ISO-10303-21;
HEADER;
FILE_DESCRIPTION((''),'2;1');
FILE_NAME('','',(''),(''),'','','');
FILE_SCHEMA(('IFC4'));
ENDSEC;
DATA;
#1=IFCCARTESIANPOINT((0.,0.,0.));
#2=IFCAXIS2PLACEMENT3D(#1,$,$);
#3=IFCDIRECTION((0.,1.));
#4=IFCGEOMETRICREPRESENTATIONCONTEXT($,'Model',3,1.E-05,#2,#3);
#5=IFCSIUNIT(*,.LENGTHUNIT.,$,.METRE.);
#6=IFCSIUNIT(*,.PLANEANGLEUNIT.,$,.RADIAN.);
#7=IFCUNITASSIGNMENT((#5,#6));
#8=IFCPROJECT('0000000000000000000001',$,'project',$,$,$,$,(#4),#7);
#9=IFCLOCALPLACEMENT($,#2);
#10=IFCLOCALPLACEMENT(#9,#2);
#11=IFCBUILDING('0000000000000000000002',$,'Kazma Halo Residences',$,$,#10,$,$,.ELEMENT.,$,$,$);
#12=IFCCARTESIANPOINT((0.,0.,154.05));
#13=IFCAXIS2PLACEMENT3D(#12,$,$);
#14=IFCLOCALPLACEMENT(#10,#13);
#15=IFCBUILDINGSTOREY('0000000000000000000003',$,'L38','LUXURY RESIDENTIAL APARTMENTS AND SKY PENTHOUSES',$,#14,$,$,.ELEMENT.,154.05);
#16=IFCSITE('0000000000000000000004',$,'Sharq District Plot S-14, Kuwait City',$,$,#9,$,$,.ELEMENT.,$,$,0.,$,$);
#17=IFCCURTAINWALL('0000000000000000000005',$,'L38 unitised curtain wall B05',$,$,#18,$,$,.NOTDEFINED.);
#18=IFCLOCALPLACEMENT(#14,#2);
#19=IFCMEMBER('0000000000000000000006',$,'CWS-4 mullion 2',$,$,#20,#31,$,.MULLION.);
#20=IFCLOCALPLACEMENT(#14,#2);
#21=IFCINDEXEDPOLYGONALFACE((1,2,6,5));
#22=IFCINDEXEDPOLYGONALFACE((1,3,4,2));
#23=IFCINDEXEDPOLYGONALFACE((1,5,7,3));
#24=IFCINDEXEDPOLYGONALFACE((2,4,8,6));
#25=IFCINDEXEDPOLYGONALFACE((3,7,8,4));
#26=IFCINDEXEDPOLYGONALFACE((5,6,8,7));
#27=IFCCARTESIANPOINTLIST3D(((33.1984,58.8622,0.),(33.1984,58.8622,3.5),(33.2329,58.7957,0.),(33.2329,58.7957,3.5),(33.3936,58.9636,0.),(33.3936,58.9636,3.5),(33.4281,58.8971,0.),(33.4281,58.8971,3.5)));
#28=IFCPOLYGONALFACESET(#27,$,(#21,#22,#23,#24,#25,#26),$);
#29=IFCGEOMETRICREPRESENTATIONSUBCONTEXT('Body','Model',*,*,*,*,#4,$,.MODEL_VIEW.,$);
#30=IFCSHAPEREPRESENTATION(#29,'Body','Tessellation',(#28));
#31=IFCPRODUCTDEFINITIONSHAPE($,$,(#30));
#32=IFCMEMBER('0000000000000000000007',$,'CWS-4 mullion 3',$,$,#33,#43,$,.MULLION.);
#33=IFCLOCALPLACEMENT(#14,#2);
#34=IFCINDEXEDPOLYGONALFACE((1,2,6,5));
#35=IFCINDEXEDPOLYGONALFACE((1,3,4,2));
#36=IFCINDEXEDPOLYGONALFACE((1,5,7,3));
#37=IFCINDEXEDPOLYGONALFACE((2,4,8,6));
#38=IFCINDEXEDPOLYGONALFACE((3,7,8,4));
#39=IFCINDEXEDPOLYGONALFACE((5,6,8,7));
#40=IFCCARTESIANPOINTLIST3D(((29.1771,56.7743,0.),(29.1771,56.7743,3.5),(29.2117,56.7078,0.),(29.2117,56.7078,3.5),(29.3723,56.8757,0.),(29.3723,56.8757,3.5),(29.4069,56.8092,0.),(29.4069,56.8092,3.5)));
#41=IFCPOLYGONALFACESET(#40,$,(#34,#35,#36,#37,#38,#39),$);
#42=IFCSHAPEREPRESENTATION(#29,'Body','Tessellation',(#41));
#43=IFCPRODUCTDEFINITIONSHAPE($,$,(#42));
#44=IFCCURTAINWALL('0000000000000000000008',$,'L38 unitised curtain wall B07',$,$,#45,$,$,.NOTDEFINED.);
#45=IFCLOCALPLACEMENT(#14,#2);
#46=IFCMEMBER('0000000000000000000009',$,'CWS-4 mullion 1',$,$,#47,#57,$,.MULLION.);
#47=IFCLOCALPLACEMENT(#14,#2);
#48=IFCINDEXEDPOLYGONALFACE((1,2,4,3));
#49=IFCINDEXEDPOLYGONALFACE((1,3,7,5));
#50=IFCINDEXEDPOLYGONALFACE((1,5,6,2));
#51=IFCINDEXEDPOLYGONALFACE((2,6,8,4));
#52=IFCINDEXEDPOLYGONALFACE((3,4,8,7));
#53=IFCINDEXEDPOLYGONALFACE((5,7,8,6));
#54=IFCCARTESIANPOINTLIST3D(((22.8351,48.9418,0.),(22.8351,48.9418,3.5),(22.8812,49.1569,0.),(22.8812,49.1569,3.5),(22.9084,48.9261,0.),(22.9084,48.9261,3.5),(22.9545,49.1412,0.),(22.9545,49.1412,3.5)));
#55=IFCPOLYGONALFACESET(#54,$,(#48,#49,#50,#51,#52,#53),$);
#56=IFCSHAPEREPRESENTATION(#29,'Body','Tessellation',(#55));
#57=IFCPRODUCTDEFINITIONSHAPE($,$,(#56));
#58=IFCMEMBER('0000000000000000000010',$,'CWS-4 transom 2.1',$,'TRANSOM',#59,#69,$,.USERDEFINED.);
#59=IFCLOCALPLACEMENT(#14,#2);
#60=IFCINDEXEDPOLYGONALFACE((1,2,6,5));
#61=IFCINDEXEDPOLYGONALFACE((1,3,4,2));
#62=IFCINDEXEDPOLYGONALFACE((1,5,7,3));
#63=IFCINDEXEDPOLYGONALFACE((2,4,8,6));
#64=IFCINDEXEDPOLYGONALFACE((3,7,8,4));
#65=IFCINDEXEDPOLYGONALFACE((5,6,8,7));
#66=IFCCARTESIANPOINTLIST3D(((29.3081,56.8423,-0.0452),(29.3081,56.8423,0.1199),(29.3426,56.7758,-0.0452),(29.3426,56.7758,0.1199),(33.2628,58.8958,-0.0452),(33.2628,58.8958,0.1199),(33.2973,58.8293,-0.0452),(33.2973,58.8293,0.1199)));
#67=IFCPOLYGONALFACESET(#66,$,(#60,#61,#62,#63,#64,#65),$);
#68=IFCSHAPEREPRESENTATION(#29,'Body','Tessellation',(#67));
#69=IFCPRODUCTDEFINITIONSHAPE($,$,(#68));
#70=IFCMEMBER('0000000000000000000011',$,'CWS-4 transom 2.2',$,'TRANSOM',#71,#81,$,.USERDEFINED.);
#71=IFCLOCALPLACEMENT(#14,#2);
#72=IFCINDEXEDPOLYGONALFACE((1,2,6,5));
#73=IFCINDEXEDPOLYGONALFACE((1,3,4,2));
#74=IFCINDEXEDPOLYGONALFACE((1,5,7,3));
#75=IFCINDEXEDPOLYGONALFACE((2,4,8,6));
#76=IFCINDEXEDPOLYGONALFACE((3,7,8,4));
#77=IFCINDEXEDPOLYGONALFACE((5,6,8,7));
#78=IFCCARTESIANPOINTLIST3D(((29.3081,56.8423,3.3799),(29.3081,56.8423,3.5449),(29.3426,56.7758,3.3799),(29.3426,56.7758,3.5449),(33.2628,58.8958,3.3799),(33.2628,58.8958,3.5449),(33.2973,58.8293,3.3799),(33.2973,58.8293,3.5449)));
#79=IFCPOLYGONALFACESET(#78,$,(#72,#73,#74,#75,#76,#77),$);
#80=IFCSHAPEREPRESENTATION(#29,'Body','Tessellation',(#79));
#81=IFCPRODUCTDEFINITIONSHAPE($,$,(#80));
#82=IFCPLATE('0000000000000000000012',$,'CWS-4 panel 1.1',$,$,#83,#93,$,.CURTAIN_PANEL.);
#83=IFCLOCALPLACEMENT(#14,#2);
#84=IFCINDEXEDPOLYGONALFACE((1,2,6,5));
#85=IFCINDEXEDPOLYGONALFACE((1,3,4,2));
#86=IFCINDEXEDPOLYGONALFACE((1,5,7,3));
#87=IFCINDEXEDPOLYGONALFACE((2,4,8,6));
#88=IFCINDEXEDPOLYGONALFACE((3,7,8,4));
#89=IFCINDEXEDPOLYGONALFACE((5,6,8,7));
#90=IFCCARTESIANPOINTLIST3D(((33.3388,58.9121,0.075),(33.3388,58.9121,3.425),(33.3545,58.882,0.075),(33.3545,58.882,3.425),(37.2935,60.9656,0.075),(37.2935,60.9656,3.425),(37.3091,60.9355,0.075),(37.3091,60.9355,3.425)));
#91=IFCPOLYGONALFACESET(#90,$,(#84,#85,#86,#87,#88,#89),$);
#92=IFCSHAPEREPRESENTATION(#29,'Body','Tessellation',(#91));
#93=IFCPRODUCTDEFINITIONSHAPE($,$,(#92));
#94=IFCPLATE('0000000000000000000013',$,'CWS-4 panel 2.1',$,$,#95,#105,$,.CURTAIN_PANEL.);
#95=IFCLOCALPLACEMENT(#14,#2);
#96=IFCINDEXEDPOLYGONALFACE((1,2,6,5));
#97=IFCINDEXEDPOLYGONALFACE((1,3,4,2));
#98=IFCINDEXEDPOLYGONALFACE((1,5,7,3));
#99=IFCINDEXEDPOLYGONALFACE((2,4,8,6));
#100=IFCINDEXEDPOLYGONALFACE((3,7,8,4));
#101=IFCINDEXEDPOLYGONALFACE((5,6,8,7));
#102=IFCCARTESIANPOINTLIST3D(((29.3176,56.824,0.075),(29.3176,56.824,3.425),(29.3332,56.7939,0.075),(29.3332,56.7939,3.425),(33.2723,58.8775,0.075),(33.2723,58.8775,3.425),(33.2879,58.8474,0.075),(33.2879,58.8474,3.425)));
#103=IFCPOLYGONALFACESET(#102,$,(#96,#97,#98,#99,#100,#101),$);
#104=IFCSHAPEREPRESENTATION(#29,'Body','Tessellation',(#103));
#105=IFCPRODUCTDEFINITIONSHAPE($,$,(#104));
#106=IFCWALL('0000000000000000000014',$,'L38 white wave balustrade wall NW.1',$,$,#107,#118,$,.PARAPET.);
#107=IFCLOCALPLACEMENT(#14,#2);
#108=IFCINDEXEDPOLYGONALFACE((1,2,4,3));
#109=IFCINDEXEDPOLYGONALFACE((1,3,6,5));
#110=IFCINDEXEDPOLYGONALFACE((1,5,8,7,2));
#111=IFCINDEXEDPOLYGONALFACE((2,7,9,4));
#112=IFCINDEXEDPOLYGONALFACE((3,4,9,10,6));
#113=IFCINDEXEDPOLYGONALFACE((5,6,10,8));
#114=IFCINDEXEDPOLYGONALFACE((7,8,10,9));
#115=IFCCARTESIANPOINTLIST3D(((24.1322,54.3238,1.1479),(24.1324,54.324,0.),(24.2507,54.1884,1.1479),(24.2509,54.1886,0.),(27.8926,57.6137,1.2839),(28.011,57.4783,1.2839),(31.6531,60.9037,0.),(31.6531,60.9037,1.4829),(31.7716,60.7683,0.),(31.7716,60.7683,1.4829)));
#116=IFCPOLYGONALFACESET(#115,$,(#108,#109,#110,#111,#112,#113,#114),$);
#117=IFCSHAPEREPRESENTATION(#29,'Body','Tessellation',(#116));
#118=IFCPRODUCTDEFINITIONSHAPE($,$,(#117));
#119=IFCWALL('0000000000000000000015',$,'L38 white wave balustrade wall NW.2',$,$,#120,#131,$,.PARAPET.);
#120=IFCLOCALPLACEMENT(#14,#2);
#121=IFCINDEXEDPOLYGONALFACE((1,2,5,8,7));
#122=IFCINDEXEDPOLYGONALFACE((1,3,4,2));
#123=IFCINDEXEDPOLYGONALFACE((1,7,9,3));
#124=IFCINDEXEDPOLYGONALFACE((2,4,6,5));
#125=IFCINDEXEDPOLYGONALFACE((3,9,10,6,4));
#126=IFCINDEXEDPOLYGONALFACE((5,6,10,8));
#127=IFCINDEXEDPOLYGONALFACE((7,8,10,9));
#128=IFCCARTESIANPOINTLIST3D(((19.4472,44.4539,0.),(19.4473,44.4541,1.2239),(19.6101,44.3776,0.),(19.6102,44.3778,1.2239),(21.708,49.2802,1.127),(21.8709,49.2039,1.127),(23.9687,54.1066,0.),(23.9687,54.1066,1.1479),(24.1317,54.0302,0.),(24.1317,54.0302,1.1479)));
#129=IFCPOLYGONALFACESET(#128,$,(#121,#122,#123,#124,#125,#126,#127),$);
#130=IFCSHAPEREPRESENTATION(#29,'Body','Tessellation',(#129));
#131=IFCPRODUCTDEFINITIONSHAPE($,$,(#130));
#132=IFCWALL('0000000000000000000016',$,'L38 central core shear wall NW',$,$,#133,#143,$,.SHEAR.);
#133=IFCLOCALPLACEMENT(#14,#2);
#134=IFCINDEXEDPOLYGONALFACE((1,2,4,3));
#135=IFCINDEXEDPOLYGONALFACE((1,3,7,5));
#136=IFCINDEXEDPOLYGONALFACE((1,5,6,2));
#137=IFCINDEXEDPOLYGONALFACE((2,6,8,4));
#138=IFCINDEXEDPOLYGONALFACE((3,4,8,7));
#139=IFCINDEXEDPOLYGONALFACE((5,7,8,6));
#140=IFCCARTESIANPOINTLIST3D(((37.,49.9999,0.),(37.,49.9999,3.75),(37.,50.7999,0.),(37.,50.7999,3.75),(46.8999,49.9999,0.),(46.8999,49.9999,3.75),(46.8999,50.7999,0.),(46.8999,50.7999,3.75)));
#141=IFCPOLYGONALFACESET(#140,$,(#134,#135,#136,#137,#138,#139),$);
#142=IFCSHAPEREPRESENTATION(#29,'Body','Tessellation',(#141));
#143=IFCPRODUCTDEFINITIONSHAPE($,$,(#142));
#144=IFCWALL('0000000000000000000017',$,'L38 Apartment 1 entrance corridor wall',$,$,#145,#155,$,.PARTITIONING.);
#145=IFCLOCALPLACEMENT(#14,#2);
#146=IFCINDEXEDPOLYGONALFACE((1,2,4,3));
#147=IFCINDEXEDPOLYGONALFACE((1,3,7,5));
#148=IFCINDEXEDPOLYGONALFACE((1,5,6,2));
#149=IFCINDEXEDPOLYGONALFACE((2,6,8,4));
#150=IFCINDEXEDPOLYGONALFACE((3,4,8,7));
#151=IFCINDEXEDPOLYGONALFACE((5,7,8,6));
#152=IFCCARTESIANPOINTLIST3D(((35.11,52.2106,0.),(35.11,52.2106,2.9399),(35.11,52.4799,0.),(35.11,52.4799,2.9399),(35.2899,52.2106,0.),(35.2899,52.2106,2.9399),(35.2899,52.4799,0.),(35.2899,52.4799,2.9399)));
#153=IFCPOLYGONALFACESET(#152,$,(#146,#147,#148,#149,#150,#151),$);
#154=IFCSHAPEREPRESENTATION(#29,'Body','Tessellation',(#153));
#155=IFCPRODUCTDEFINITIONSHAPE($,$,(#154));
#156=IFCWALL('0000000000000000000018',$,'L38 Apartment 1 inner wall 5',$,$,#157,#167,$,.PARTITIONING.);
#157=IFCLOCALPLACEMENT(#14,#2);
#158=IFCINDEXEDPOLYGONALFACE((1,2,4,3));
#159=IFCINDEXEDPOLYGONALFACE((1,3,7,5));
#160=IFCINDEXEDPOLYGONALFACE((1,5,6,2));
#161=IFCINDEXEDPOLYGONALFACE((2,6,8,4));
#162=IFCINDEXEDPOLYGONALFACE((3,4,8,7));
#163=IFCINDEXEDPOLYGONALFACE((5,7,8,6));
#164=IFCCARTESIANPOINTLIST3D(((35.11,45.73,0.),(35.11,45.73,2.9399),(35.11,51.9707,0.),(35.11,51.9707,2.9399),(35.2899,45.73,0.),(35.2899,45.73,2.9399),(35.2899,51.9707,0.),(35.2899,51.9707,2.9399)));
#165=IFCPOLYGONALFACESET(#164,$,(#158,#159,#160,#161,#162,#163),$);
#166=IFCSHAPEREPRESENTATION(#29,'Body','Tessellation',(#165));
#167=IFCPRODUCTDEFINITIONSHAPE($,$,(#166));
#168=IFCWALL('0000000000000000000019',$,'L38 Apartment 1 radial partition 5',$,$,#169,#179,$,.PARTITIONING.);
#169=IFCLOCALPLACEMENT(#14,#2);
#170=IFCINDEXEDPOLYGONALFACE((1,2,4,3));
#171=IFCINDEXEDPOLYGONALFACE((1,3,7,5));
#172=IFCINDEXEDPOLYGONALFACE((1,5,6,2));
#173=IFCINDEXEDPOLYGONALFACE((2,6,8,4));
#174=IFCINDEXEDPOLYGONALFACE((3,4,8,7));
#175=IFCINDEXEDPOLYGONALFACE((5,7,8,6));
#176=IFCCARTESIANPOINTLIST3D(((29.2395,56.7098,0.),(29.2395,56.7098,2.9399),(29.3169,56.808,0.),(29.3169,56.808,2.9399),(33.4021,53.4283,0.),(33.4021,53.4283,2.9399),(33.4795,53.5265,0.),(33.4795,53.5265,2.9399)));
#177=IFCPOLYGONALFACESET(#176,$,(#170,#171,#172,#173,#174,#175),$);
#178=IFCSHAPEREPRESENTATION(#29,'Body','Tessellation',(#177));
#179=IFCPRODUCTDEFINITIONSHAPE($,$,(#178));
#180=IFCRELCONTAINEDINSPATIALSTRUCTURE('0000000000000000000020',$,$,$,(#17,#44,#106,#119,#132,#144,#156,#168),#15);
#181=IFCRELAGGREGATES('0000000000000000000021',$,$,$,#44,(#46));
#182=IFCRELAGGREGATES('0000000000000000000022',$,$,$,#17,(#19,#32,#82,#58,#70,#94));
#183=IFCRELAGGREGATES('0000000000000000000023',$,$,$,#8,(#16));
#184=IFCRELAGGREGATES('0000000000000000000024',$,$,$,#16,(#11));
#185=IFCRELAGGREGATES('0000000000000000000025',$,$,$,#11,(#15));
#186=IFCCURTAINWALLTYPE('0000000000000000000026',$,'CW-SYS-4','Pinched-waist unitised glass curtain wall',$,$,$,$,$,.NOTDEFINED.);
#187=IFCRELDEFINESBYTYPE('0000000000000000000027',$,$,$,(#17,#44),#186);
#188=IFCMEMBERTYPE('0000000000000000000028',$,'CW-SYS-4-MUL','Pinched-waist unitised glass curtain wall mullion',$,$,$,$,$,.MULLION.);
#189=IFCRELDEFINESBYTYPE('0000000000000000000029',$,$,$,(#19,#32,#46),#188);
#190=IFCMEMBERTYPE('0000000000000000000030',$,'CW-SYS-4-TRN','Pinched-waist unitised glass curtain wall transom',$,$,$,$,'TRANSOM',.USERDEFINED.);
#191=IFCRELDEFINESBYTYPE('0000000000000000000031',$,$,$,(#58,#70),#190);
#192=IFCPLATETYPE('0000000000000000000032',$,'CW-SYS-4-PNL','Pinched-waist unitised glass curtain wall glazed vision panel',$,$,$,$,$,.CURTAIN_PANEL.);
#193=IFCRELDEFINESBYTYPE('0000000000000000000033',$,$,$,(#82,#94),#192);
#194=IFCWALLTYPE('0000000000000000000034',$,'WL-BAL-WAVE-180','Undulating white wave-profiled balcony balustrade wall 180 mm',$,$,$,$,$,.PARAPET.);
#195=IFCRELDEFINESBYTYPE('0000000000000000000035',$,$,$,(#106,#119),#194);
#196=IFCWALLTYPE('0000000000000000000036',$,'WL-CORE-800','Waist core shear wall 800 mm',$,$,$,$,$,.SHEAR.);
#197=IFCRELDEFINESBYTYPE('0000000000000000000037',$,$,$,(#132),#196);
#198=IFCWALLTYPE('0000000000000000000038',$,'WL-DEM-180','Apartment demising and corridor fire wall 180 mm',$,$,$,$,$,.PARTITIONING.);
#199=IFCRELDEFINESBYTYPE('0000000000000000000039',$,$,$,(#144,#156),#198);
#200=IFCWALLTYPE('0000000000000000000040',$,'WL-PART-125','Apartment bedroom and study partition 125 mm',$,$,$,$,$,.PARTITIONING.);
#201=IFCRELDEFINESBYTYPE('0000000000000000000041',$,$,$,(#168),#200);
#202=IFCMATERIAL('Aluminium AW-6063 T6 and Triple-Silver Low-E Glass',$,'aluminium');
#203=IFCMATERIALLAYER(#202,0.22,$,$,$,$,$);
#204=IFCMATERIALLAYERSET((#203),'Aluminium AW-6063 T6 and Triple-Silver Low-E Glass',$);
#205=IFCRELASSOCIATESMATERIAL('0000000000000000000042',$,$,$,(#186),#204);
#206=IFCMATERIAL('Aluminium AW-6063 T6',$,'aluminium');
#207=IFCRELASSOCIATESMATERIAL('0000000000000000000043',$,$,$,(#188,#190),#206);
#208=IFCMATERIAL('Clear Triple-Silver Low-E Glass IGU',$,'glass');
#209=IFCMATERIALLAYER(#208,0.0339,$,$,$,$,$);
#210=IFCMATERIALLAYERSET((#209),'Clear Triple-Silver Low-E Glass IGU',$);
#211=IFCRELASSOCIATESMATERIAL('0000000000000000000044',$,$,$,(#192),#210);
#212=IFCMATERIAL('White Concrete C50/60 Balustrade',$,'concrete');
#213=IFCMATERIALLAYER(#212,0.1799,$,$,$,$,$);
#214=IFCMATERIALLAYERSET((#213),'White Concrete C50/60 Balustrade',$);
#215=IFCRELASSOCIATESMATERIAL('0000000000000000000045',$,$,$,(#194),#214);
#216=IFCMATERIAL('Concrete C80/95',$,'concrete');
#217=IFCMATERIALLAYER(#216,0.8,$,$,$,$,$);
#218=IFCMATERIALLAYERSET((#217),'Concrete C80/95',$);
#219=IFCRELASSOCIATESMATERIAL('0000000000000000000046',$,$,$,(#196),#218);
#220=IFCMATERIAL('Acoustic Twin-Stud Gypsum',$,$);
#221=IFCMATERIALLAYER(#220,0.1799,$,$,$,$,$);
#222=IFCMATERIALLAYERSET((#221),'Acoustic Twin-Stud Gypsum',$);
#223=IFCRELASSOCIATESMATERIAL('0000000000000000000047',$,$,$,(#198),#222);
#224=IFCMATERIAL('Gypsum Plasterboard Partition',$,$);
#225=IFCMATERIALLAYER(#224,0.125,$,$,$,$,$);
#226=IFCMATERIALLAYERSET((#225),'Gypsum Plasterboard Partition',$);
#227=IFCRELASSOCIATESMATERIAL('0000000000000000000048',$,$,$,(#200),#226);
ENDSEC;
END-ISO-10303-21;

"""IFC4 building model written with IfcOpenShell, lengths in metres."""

from ifc_helpers import new_model, si_unit, direction, frame, frame_2d, origin, origin_2d, place, context, subcontext, project, spatial, polyline, rectangle, outline, extrude, material, layer, layer_set, material_profile, profile_set, type_object, element, aggregate, save


model = new_model("IFC4")

# Units and contexts
model_context = context("Model", 3, precision=1e-05, world=origin(), true_north=direction((0.0, 1.0)))
body_context = subcontext(model_context, "Body", "Model", "MODEL_VIEW")
ifc_project = project(units=[si_unit("LENGTHUNIT", "METRE"), si_unit("PLANEANGLEUNIT", "RADIAN")], contexts=[model_context])

# Site, building, storey
site_placement = place(None, origin())
site = spatial("IfcSite", under=ifc_project, at=site_placement, Name="Sharq District Plot S-14, Kuwait City", CompositionType="ELEMENT", RefElevation=0.0)
building_placement = place(site_placement, origin())
building = spatial("IfcBuilding", under=site, at=building_placement, Name="Kazma Halo Residences", CompositionType="ELEMENT")
storey_placement = place(building_placement, frame((0.0, 0.0, 154.05)))
storey = spatial("IfcBuildingStorey", under=building, at=storey_placement, Name="L38", Description="LUXURY RESIDENTIAL APARTMENTS AND SKY PENTHOUSES", CompositionType="ELEMENT", Elevation=154.05)

# Shared definitions
ifc_material_1 = material(Name="Concrete C80/95", Category="concrete")

# Curtain wall, members
ifc_material_2 = material(Name="Aluminium AW-6063 T6 and Triple-Silver Low-E Glass", Category="aluminium")
ifc_layer_1 = layer(ifc_material_2, 0.22)
ifc_layer_set_1 = layer_set([ifc_layer_1], Name="Aluminium AW-6063 T6 and Triple-Silver Low-E Glass")
curtain_wall_type = type_object("IfcCurtainWallType", Name="CW-SYS-4", Description="Pinched-waist unitised glass curtain wall", PredefinedType="NOTDEFINED", material=ifc_layer_set_1)
curtain_wall_1_placement = place(storey_placement, origin())
curtain_wall_1 = element("IfcCurtainWall", 1, at=curtain_wall_1_placement, inside=storey, type_object=curtain_wall_type, Name="L38 unitised curtain wall B05", PredefinedType="NOTDEFINED")
ifc_material_3 = material(Name="Aluminium AW-6063 T6", Category="aluminium")
ifc_material_profile_1 = material_profile(ifc_material_3, rectangle(XDim=0.075, YDim=0.22, at=origin_2d()), Name="CWM-75x220")
ifc_profile_set_1 = profile_set([ifc_material_profile_1], Name="Aluminium AW-6063 T6")
member_type_1 = type_object("IfcMemberType", Name="CW-SYS-4-MUL", Description="Pinched-waist unitised glass curtain wall mullion", PredefinedType="MULLION", material=ifc_profile_set_1)
member_1_placement = place(storey_placement, frame((33.3132, 58.8796, 0.0), z_axis=(0.0, 0.0, 1.0), x_axis=(0.460837, -0.887485, 0.0)))
member_1 = element("IfcMember", 2, at=member_1_placement, type_object=member_type_1, Name="CWS-4 mullion 2", PredefinedType="MULLION", context=body_context, shape_type="SweptSolid", body=[
    extrude(rectangle(XDim=0.075, YDim=0.22, at=origin_2d()), origin(), (0.0, 0.0, 1.0), 3.5),
])
member_2_placement = place(storey_placement, frame((29.292, 56.7917, 0.0), z_axis=(0.0, 0.0, 1.0), x_axis=(0.460837, -0.887485, 0.0)))
member_2 = element("IfcMember", 3, at=member_2_placement, type_object=member_type_1, Name="CWS-4 mullion 3", PredefinedType="MULLION", context=body_context, shape_type="SweptSolid", body=[
    extrude(rectangle(XDim=0.075, YDim=0.22, at=origin_2d()), origin(), (0.0, 0.0, 1.0), 3.5),
])

# Curtain wall, member
curtain_wall_2_placement = place(storey_placement, origin())
curtain_wall_2 = element("IfcCurtainWall", 4, at=curtain_wall_2_placement, inside=storey, type_object=curtain_wall_type, Name="L38 unitised curtain wall B07", PredefinedType="NOTDEFINED")
member_3_placement = place(storey_placement, frame((22.8948, 49.0415, 0.0), z_axis=(0.0, 0.0, 1.0), x_axis=(0.977765, -0.209704, 0.0)))
member_3 = element("IfcMember", 5, at=member_3_placement, type_object=member_type_1, Name="CWS-4 mullion 1", PredefinedType="MULLION", context=body_context, shape_type="SweptSolid", body=[
    extrude(rectangle(XDim=0.075, YDim=0.22, at=origin_2d()), origin(), (0.0, 0.0, 1.0), 3.5),
])
aggregate(curtain_wall_2, [member_3])

# Members
ifc_material_profile_2 = material_profile(ifc_material_3, rectangle(XDim=0.075, YDim=0.165, at=origin_2d()), Name="CWT-75x165")
ifc_profile_set_2 = profile_set([ifc_material_profile_2], Name="Aluminium AW-6063 T6")
member_type_2 = type_object("IfcMemberType", Name="CW-SYS-4-TRN", Description="Pinched-waist unitised glass curtain wall transom", ElementType="TRANSOM", PredefinedType="USERDEFINED", material=ifc_profile_set_2)
member_4_placement = place(storey_placement, frame((33.28, 58.8625, 0.0374), z_axis=(-0.887485, -0.460837, 0.0), x_axis=(0.460837, -0.887485, 0.0)))
member_4 = element("IfcMember", 6, at=member_4_placement, type_object=member_type_2, Name="CWS-4 transom 2.1", ObjectType="TRANSOM", PredefinedType="USERDEFINED", context=body_context, shape_type="SweptSolid", body=[
    extrude(rectangle(XDim=0.075, YDim=0.165, at=origin_2d()), origin(), (0.0, 0.0, 1.0), 4.4561),
])
member_5_placement = place(storey_placement, frame((33.28, 58.8625, 3.4624), z_axis=(-0.887485, -0.460837, 0.0), x_axis=(0.460837, -0.887485, 0.0)))
member_5 = element("IfcMember", 7, at=member_5_placement, type_object=member_type_2, Name="CWS-4 transom 2.2", ObjectType="TRANSOM", PredefinedType="USERDEFINED", context=body_context, shape_type="SweptSolid", body=[
    extrude(rectangle(XDim=0.075, YDim=0.165, at=origin_2d()), origin(), (0.0, 0.0, 1.0), 4.4561),
])

# Plates
ifc_material_4 = material(Name="Clear Triple-Silver Low-E Glass IGU", Category="glass")
ifc_layer_2 = layer(ifc_material_4, 0.0339)
ifc_layer_set_2 = layer_set([ifc_layer_2], Name="Clear Triple-Silver Low-E Glass IGU")
plate_type = type_object("IfcPlateType", Name="CW-SYS-4-PNL", Description="Pinched-waist unitised glass curtain wall glazed vision panel", PredefinedType="CURTAIN_PANEL", material=ifc_layer_set_2)
plate_1_placement = place(storey_placement, frame((35.324, 59.9238, 0.075), z_axis=(0.0, 0.0, 1.0), x_axis=(-0.887485, -0.460837, 0.0)))
plate_1 = element("IfcPlate", 8, at=plate_1_placement, type_object=plate_type, Name="CWS-4 panel 1.1", PredefinedType="CURTAIN_PANEL", context=body_context, shape_type="SweptSolid", body=[
    extrude(rectangle(XDim=4.4561, YDim=0.0339, at=origin_2d()), origin(), (0.0, 0.0, 1.0), 3.3501),
])
plate_2_placement = place(storey_placement, frame((31.3027, 57.8357, 0.075), z_axis=(0.0, 0.0, 1.0), x_axis=(-0.887485, -0.460837, 0.0)))
plate_2 = element("IfcPlate", 9, at=plate_2_placement, type_object=plate_type, Name="CWS-4 panel 2.1", PredefinedType="CURTAIN_PANEL", context=body_context, shape_type="SweptSolid", body=[
    extrude(rectangle(XDim=4.4561, YDim=0.0339, at=origin_2d()), origin(), (0.0, 0.0, 1.0), 3.3501),
])
aggregate(curtain_wall_1, [member_1, member_2, plate_1, member_4, member_5, plate_2])

# Walls
ifc_material_5 = material(Name="White Concrete C50/60 Balustrade", Category="concrete")
ifc_layer_3 = layer(ifc_material_5, 0.1799)
ifc_layer_set_3 = layer_set([ifc_layer_3], Name="White Concrete C50/60 Balustrade")
wall_type_1 = type_object("IfcWallType", Name="WL-BAL-WAVE-180", Description="Undulating white wave-profiled balcony balustrade wall 180 mm", PredefinedType="PARAPET", material=ifc_layer_set_3)
wall_1_placement = place(storey_placement, frame((31.7124, 60.8359, 0.0), z_axis=(0.0, 0.0, 1.0), x_axis=(-0.752618, -0.658458, 0.0)))
element("IfcWall", 10, at=wall_1_placement, inside=storey, type_object=wall_type_1, Name="L38 white wave balustrade wall NW.1", PredefinedType="PARAPET", context=body_context, shape_type="SweptSolid", body=[
    extrude(outline(polyline([(0.0, 0.0), (9.9927, 0.0), (9.9929, 1.1479), (4.9966, 1.2839), (0.0, 1.4829), (0.0, 0.0)])), frame((0.0, 0.0898, 0.0), z_axis=(0.0, -1.0, 0.0), x_axis=(1.0, 0.0, 0.0)), (0.0, 0.0, 1.0), 0.1799),
])
wall_2_placement = place(storey_placement, frame((24.0503, 54.0684, 0.0), z_axis=(0.0, 0.0, 1.0), x_axis=(-0.42419, -0.905573, 0.0)))
element("IfcWall", 11, at=wall_2_placement, inside=storey, type_object=wall_type_1, Name="L38 white wave balustrade wall NW.2", PredefinedType="PARAPET", context=body_context, shape_type="SweptSolid", body=[
    extrude(outline(polyline([(0.0, 0.0), (10.6592, 0.0), (10.6589, 1.2239), (5.3296, 1.127), (0.0, 1.1479), (0.0, 0.0)])), frame((0.0, 0.0898, 0.0), z_axis=(0.0, -1.0, 0.0), x_axis=(1.0, 0.0, 0.0)), (0.0, 0.0, 1.0), 0.1799),
])
ifc_layer_4 = layer(ifc_material_1, 0.8)
ifc_layer_set_4 = layer_set([ifc_layer_4], Name="Concrete C80/95")
wall_type_2 = type_object("IfcWallType", Name="WL-CORE-800", Description="Waist core shear wall 800 mm", PredefinedType="SHEAR", material=ifc_layer_set_4)
wall_3_placement = place(storey_placement, frame((37.0, 50.3999, 0.0), z_axis=(0.0, 0.0, 1.0), x_axis=(1.0, 0.0, 0.0)))
element("IfcWall", 12, at=wall_3_placement, inside=storey, type_object=wall_type_2, Name="L38 central core shear wall NW", PredefinedType="SHEAR", context=body_context, shape_type="SweptSolid", body=[
    extrude(rectangle(XDim=9.8999, YDim=0.8, at=frame_2d((4.95, 0.0))), origin(), (0.0, 0.0, 1.0), 3.75),
])
ifc_material_6 = material(Name="Acoustic Twin-Stud Gypsum")
ifc_layer_5 = layer(ifc_material_6, 0.1799)
ifc_layer_set_5 = layer_set([ifc_layer_5], Name="Acoustic Twin-Stud Gypsum")
wall_type_3 = type_object("IfcWallType", Name="WL-DEM-180", Description="Apartment demising and corridor fire wall 180 mm", PredefinedType="PARTITIONING", material=ifc_layer_set_5)
wall_4_placement = place(storey_placement, frame((35.2, 52.48, 0.0), z_axis=(0.0, 0.0, 1.0), x_axis=(0.0, -1.0, 0.0)))
element("IfcWall", 13, at=wall_4_placement, inside=storey, type_object=wall_type_3, Name="L38 Apartment 1 entrance corridor wall", PredefinedType="PARTITIONING", context=body_context, shape_type="SweptSolid", body=[
    extrude(rectangle(XDim=0.2693, YDim=0.1799, at=frame_2d((0.1348, 0.0))), origin(), (0.0, 0.0, 1.0), 2.9399),
])
wall_5_placement = place(storey_placement, frame((35.2, 51.9707, 0.0), z_axis=(0.0, 0.0, 1.0), x_axis=(0.0, -1.0, 0.0)))
element("IfcWall", 14, at=wall_5_placement, inside=storey, type_object=wall_type_3, Name="L38 Apartment 1 inner wall 5", PredefinedType="PARTITIONING", context=body_context, shape_type="SweptSolid", body=[
    extrude(rectangle(XDim=6.2407, YDim=0.1799, at=frame_2d((3.1204, 0.0))), origin(), (0.0, 0.0, 1.0), 2.9399),
])

# Wall
ifc_material_7 = material(Name="Gypsum Plasterboard Partition")
ifc_layer_6 = layer(ifc_material_7, 0.125)
ifc_layer_set_6 = layer_set([ifc_layer_6], Name="Gypsum Plasterboard Partition")
wall_type_4 = type_object("IfcWallType", Name="WL-PART-125", Description="Apartment bedroom and study partition 125 mm", PredefinedType="PARTITIONING", material=ifc_layer_set_6)
wall_6_placement = place(storey_placement, frame((33.4409, 53.4773, 0.0), z_axis=(0.0, 0.0, 1.0), x_axis=(-0.78532, 0.61909, 0.0)))
element("IfcWall", 15, at=wall_6_placement, inside=storey, type_object=wall_type_4, Name="L38 Apartment 1 radial partition 5", PredefinedType="PARTITIONING", context=body_context, shape_type="SweptSolid", body=[
    extrude(rectangle(XDim=5.3005, YDim=0.125, at=frame_2d((2.6504, 0.0))), origin(), (0.0, 0.0, 1.0), 2.9399),
])

save(model, "model.ifc")
